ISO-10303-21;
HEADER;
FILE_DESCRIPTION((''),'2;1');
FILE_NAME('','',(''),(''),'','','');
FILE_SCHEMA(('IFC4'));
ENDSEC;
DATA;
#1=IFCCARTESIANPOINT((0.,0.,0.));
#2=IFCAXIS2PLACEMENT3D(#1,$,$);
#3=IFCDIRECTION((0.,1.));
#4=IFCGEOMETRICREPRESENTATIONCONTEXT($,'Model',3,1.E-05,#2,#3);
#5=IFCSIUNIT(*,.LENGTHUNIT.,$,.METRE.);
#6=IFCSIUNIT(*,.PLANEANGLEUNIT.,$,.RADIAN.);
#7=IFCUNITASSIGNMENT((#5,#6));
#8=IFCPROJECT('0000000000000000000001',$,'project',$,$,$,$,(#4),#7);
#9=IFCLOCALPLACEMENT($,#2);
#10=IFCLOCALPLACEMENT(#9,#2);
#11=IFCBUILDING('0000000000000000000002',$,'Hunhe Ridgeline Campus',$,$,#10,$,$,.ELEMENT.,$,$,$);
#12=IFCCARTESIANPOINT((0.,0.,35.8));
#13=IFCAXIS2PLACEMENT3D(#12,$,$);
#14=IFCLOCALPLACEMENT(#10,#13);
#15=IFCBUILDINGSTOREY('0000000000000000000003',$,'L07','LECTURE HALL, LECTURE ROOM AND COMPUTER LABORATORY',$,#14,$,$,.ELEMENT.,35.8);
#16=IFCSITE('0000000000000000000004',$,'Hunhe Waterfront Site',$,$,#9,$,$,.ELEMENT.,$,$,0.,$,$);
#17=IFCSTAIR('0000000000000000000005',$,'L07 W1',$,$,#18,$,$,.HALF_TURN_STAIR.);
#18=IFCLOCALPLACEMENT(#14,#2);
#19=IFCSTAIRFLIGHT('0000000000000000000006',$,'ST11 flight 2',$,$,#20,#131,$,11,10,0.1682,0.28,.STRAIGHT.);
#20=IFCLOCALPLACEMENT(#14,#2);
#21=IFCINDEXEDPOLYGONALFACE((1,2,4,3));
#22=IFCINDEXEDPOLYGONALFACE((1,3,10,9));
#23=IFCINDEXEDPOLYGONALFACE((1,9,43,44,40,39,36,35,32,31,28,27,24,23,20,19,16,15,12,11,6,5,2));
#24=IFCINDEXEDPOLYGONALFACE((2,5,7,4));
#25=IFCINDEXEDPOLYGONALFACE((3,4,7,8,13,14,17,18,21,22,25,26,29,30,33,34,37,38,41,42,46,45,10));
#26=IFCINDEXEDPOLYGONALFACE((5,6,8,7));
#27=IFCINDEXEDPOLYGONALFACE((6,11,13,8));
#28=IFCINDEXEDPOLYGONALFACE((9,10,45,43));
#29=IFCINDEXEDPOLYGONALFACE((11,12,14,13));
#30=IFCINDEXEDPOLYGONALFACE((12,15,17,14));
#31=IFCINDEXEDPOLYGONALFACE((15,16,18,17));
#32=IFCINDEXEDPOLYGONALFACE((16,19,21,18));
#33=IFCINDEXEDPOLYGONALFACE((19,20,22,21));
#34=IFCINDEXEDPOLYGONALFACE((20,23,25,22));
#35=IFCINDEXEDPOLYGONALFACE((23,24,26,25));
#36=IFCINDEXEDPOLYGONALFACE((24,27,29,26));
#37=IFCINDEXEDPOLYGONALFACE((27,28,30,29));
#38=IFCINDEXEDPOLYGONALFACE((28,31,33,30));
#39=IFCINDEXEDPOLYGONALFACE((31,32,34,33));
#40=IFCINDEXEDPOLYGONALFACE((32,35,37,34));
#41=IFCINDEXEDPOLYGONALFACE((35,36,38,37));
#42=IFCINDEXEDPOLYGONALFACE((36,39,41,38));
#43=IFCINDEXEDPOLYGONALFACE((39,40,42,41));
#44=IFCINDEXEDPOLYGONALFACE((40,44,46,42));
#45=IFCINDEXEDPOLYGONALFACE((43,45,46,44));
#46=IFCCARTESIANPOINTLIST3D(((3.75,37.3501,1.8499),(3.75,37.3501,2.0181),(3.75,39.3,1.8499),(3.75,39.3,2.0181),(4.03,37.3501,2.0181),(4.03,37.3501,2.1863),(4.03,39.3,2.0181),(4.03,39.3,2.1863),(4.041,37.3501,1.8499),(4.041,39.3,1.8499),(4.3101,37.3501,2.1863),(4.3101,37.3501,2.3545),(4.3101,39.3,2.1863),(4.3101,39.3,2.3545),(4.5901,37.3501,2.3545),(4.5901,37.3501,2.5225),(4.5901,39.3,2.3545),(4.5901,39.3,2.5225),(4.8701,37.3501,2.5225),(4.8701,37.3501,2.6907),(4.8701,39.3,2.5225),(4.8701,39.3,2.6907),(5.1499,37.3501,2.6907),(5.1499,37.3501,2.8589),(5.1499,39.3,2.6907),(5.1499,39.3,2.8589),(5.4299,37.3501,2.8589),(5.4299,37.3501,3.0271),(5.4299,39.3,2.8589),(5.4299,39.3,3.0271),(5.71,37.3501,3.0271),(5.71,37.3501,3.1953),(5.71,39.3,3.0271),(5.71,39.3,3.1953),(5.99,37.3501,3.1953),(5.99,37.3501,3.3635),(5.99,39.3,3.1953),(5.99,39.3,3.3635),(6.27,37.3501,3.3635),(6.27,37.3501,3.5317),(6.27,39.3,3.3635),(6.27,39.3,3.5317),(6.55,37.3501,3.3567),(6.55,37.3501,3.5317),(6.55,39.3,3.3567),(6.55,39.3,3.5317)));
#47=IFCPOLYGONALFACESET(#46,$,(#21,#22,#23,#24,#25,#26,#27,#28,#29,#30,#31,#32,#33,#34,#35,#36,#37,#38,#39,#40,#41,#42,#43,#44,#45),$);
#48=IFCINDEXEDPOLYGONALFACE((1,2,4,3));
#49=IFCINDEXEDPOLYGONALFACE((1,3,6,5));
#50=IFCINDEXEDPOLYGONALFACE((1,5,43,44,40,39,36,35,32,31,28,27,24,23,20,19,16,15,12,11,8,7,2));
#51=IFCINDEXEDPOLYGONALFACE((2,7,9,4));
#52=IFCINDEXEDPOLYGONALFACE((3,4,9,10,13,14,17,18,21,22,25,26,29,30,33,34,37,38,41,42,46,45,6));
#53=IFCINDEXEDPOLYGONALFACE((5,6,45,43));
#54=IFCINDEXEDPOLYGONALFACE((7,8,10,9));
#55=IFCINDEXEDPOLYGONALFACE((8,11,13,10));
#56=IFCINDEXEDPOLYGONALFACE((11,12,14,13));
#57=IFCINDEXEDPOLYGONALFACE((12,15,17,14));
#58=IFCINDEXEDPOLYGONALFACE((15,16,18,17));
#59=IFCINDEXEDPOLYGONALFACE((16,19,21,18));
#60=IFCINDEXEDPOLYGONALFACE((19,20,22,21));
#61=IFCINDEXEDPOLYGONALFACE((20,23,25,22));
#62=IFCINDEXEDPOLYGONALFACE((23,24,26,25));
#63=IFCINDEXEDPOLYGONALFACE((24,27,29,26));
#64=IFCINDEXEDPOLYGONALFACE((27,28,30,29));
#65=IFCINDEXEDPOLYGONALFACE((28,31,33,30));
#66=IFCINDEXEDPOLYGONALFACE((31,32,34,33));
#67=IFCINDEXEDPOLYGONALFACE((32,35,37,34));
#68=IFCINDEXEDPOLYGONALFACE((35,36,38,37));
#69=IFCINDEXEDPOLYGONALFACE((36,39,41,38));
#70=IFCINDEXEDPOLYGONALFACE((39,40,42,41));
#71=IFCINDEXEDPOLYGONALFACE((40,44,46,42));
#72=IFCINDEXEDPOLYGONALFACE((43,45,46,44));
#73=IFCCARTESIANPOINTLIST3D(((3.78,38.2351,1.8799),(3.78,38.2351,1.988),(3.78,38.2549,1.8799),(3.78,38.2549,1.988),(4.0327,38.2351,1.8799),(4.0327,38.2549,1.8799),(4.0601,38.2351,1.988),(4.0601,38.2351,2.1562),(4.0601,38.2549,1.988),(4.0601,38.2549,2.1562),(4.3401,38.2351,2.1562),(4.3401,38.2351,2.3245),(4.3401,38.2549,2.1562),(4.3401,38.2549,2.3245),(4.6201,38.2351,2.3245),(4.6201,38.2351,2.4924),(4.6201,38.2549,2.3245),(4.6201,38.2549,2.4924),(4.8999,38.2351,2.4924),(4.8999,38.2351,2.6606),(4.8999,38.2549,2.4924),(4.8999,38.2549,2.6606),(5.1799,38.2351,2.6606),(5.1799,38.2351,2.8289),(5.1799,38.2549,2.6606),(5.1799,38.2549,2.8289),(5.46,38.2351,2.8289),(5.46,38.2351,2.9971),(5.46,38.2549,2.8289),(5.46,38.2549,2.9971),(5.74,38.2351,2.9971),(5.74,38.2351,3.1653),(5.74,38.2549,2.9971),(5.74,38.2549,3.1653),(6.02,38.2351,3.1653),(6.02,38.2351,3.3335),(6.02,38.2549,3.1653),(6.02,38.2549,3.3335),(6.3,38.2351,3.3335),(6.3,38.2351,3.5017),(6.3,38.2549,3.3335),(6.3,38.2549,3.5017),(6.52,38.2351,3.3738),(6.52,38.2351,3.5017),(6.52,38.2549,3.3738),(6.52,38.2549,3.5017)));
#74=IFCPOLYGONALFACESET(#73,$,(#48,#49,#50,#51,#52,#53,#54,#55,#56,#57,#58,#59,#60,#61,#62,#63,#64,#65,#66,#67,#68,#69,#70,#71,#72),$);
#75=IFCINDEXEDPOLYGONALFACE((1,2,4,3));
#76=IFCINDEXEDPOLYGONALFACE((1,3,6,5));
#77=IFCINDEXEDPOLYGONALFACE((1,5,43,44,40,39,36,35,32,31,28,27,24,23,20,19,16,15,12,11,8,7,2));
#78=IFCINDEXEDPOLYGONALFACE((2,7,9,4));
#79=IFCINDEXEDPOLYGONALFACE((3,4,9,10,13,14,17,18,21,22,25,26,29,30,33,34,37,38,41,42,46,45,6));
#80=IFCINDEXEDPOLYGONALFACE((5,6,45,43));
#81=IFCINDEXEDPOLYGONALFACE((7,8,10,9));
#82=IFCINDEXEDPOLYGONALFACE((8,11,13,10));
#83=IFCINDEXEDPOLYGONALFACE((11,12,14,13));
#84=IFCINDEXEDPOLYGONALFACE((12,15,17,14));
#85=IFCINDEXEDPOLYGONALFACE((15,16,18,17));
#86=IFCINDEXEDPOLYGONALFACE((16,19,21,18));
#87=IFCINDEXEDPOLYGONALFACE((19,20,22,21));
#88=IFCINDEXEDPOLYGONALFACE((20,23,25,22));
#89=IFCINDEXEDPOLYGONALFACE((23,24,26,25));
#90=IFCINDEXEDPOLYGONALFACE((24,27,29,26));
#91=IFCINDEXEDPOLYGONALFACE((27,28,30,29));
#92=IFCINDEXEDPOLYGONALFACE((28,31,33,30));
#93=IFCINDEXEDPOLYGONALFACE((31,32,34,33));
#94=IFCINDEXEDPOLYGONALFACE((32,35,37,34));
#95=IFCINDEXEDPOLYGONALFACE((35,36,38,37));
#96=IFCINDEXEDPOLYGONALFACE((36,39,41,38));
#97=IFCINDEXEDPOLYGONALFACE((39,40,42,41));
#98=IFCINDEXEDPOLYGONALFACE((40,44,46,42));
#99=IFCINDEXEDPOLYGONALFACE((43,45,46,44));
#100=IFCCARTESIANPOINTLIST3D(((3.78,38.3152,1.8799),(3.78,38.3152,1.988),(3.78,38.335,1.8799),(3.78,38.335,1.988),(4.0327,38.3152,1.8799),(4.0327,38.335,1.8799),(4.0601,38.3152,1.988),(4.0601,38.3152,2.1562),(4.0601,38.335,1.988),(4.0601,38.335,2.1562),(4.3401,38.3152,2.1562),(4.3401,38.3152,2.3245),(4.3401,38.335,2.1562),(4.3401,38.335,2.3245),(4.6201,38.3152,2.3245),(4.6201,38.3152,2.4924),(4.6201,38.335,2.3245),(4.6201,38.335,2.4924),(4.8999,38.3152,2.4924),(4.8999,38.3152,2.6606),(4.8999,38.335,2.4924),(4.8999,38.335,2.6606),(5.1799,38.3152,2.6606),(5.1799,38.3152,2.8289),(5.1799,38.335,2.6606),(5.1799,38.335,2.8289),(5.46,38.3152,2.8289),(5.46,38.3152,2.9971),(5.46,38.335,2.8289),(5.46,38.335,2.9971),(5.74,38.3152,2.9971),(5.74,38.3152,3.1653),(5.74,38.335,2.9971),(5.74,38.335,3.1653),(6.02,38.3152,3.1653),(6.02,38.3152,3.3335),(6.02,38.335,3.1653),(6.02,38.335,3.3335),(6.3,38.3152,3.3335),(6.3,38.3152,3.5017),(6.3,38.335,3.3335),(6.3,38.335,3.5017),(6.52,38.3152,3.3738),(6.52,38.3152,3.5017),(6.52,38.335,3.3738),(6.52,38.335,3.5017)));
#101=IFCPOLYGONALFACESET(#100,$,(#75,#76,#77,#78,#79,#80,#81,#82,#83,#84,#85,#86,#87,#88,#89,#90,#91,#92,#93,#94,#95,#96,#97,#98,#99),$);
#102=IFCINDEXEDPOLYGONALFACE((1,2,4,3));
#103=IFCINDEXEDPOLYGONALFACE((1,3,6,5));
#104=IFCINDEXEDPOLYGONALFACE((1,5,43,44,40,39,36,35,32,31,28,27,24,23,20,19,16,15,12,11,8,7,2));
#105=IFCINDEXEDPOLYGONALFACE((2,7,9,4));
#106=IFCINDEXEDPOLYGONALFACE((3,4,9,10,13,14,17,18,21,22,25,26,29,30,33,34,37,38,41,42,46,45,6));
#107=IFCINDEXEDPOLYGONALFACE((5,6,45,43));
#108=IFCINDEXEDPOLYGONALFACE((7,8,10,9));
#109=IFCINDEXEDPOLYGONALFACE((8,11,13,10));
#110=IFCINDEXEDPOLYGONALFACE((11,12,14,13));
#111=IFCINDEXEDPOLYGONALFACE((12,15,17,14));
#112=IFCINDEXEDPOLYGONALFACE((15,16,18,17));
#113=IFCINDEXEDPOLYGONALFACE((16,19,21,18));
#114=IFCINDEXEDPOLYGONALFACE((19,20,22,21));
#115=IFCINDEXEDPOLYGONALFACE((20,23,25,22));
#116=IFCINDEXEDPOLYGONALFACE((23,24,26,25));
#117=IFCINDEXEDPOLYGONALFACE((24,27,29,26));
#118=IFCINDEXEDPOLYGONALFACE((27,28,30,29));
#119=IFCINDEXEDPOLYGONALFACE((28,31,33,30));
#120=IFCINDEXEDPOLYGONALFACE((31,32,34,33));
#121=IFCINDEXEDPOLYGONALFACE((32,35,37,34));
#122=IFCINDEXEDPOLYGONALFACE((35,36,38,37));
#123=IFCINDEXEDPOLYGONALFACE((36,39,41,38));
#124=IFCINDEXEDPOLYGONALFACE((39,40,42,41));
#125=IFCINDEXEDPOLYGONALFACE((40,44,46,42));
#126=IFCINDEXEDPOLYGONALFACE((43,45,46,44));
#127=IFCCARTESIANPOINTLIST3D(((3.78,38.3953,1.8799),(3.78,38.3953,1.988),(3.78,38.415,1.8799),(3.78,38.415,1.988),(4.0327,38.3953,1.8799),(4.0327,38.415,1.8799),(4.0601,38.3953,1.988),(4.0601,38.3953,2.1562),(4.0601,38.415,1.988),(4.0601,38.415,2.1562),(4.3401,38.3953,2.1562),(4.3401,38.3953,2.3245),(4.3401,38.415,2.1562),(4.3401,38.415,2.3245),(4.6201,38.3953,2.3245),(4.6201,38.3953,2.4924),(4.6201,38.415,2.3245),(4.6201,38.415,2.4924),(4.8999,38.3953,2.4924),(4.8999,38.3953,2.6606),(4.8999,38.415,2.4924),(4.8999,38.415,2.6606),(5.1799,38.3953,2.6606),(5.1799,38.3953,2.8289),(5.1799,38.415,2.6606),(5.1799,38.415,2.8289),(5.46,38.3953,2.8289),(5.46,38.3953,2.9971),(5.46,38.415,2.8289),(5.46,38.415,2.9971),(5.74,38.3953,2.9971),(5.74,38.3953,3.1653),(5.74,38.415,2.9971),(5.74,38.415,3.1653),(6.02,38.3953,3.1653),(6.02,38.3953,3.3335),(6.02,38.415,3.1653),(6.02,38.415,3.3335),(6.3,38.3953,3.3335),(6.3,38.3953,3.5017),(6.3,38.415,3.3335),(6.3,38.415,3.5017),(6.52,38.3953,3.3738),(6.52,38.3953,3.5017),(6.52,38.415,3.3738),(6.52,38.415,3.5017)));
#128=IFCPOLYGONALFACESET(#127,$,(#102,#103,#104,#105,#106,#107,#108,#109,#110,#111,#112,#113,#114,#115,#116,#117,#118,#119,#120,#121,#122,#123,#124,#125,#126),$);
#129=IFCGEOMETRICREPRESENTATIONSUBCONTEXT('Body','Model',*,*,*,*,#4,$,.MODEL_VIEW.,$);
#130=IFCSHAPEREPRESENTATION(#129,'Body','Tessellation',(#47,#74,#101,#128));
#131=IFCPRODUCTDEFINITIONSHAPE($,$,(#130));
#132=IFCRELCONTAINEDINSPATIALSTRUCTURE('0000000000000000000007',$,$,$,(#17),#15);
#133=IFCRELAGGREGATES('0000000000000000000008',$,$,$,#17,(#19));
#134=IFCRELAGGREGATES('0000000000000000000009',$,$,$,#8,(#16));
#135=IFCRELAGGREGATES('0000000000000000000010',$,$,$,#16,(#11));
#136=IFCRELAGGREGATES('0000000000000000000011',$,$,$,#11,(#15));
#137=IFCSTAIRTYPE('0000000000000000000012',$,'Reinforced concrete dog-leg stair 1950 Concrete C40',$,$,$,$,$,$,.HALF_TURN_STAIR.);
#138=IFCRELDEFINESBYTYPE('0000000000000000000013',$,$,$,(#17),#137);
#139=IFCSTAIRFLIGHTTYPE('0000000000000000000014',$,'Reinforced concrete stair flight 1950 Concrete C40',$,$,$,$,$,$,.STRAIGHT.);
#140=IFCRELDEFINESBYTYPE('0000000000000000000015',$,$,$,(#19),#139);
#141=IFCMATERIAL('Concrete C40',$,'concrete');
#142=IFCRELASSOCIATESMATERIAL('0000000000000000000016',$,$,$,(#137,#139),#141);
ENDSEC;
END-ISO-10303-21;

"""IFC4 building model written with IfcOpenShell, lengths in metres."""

from ifc_helpers import new_model, si_unit, direction, frame, origin, place, context, subcontext, project, spatial, polyline, outline, extrude, material, type_object, element, aggregate, save


model = new_model("IFC4")

# Units and contexts
model_context = context("Model", 3, precision=1e-05, world=origin(), true_north=direction((0.0, 1.0)))
body_context = subcontext(model_context, "Body", "Model", "MODEL_VIEW")
ifc_project = project(units=[si_unit("LENGTHUNIT", "METRE"), si_unit("PLANEANGLEUNIT", "RADIAN")], contexts=[model_context])

# Site, building, storey
site_placement = place(None, origin())
site = spatial("IfcSite", under=ifc_project, at=site_placement, Name="Hunhe Waterfront Site", CompositionType="ELEMENT", RefElevation=0.0)
building_placement = place(site_placement, origin())
building = spatial("IfcBuilding", under=site, at=building_placement, Name="Hunhe Ridgeline Campus", CompositionType="ELEMENT")
storey_placement = place(building_placement, frame((0.0, 0.0, 35.8)))
storey = spatial("IfcBuildingStorey", under=building, at=storey_placement, Name="L07", Description="LECTURE HALL, LECTURE ROOM AND COMPUTER LABORATORY", CompositionType="ELEMENT", Elevation=35.8)

# Stair, stair flight
ifc_material_1 = material(Name="Concrete C40", Category="concrete")
stair_type = type_object("IfcStairType", Name="Reinforced concrete dog-leg stair 1950 Concrete C40", PredefinedType="HALF_TURN_STAIR", material=ifc_material_1)
stair_1_placement = place(storey_placement, origin())
stair_1 = element("IfcStair", 1, at=stair_1_placement, inside=storey, type_object=stair_type, Name="L07 W1", PredefinedType="HALF_TURN_STAIR")
stair_flight_type = type_object("IfcStairFlightType", Name="Reinforced concrete stair flight 1950 Concrete C40", PredefinedType="STRAIGHT", material=ifc_material_1)
stair_flight_1_placement = place(storey_placement, frame((3.75, 38.325, 1.8499), z_axis=(0.0, 0.0, 1.0), x_axis=(1.0, 0.0, 0.0)))
stair_flight_1 = element("IfcStairFlight", 2, at=stair_flight_1_placement, type_object=stair_flight_type, Name="ST11 flight 2", NumberOfRisers=11, NumberOfTreads=10, PredefinedType="STRAIGHT", RiserHeight=0.1682, TreadLength=0.28, context=body_context, shape_type="SweptSolid", body=[
    extrude(outline(polyline([(0.0, 0.0), (0.0, 0.1682), (0.28, 0.1682), (0.28, 0.3364), (0.5601, 0.3364), (0.5601, 0.5046), (0.8401, 0.5046), (0.8401, 0.6726), (1.1201, 0.6726), (1.1201, 0.8408), (1.3999, 0.8408), (1.3999, 1.009), (1.6799, 1.009), (1.6799, 1.1772), (1.96, 1.1772), (1.96, 1.3455), (2.24, 1.3455), (2.24, 1.5137), (2.52, 1.5137), (2.52, 1.6819), (2.8, 1.6819), (2.8, 1.8501), (2.8, 1.5068), (0.291, 0.0), (0.0, 0.0)])), frame((0.0, 0.9751, 0.0), z_axis=(0.0, -1.0, 0.0), x_axis=(1.0, 0.0, 0.0)), (0.0, 0.0, 1.0), 1.95),
    extrude(outline(polyline([(0.03, 0.03), (0.03, 0.1382), (0.3101, 0.1382), (0.3101, 0.3064), (0.5901, 0.3064), (0.5901, 0.4746), (0.8701, 0.4746), (0.8701, 0.6426), (1.1499, 0.6426), (1.1499, 0.8108), (1.4299, 0.8108), (1.4299, 0.979), (1.71, 0.979), (1.71, 1.1472), (1.99, 1.1472), (1.99, 1.3154), (2.27, 1.3154), (2.27, 1.4836), (2.55, 1.4836), (2.55, 1.6519), (2.77, 1.6519), (2.77, 1.5239), (0.2827, 0.03), (0.03, 0.03)])), frame((0.0, -0.0701, 0.0), z_axis=(0.0, -1.0, 0.0), x_axis=(1.0, 0.0, 0.0)), (0.0, 0.0, 1.0), 0.0198),
    extrude(outline(polyline([(0.03, 0.03), (0.03, 0.1382), (0.3101, 0.1382), (0.3101, 0.3064), (0.5901, 0.3064), (0.5901, 0.4746), (0.8701, 0.4746), (0.8701, 0.6426), (1.1499, 0.6426), (1.1499, 0.8108), (1.4299, 0.8108), (1.4299, 0.979), (1.71, 0.979), (1.71, 1.1472), (1.99, 1.1472), (1.99, 1.3154), (2.27, 1.3154), (2.27, 1.4836), (2.55, 1.4836), (2.55, 1.6519), (2.77, 1.6519), (2.77, 1.5239), (0.2827, 0.03), (0.03, 0.03)])), frame((0.0, 0.01, 0.0), z_axis=(0.0, -1.0, 0.0), x_axis=(1.0, 0.0, 0.0)), (0.0, 0.0, 1.0), 0.0198),
    extrude(outline(polyline([(0.03, 0.03), (0.03, 0.1382), (0.3101, 0.1382), (0.3101, 0.3064), (0.5901, 0.3064), (0.5901, 0.4746), (0.8701, 0.4746), (0.8701, 0.6426), (1.1499, 0.6426), (1.1499, 0.8108), (1.4299, 0.8108), (1.4299, 0.979), (1.71, 0.979), (1.71, 1.1472), (1.99, 1.1472), (1.99, 1.3154), (2.27, 1.3154), (2.27, 1.4836), (2.55, 1.4836), (2.55, 1.6519), (2.77, 1.6519), (2.77, 1.5239), (0.2827, 0.03), (0.03, 0.03)])), frame((0.0, 0.0901, 0.0), z_axis=(0.0, -1.0, 0.0), x_axis=(1.0, 0.0, 0.0)), (0.0, 0.0, 1.0), 0.0198),
])
aggregate(stair_1, [stair_flight_1])

save(model, "model.ifc")
